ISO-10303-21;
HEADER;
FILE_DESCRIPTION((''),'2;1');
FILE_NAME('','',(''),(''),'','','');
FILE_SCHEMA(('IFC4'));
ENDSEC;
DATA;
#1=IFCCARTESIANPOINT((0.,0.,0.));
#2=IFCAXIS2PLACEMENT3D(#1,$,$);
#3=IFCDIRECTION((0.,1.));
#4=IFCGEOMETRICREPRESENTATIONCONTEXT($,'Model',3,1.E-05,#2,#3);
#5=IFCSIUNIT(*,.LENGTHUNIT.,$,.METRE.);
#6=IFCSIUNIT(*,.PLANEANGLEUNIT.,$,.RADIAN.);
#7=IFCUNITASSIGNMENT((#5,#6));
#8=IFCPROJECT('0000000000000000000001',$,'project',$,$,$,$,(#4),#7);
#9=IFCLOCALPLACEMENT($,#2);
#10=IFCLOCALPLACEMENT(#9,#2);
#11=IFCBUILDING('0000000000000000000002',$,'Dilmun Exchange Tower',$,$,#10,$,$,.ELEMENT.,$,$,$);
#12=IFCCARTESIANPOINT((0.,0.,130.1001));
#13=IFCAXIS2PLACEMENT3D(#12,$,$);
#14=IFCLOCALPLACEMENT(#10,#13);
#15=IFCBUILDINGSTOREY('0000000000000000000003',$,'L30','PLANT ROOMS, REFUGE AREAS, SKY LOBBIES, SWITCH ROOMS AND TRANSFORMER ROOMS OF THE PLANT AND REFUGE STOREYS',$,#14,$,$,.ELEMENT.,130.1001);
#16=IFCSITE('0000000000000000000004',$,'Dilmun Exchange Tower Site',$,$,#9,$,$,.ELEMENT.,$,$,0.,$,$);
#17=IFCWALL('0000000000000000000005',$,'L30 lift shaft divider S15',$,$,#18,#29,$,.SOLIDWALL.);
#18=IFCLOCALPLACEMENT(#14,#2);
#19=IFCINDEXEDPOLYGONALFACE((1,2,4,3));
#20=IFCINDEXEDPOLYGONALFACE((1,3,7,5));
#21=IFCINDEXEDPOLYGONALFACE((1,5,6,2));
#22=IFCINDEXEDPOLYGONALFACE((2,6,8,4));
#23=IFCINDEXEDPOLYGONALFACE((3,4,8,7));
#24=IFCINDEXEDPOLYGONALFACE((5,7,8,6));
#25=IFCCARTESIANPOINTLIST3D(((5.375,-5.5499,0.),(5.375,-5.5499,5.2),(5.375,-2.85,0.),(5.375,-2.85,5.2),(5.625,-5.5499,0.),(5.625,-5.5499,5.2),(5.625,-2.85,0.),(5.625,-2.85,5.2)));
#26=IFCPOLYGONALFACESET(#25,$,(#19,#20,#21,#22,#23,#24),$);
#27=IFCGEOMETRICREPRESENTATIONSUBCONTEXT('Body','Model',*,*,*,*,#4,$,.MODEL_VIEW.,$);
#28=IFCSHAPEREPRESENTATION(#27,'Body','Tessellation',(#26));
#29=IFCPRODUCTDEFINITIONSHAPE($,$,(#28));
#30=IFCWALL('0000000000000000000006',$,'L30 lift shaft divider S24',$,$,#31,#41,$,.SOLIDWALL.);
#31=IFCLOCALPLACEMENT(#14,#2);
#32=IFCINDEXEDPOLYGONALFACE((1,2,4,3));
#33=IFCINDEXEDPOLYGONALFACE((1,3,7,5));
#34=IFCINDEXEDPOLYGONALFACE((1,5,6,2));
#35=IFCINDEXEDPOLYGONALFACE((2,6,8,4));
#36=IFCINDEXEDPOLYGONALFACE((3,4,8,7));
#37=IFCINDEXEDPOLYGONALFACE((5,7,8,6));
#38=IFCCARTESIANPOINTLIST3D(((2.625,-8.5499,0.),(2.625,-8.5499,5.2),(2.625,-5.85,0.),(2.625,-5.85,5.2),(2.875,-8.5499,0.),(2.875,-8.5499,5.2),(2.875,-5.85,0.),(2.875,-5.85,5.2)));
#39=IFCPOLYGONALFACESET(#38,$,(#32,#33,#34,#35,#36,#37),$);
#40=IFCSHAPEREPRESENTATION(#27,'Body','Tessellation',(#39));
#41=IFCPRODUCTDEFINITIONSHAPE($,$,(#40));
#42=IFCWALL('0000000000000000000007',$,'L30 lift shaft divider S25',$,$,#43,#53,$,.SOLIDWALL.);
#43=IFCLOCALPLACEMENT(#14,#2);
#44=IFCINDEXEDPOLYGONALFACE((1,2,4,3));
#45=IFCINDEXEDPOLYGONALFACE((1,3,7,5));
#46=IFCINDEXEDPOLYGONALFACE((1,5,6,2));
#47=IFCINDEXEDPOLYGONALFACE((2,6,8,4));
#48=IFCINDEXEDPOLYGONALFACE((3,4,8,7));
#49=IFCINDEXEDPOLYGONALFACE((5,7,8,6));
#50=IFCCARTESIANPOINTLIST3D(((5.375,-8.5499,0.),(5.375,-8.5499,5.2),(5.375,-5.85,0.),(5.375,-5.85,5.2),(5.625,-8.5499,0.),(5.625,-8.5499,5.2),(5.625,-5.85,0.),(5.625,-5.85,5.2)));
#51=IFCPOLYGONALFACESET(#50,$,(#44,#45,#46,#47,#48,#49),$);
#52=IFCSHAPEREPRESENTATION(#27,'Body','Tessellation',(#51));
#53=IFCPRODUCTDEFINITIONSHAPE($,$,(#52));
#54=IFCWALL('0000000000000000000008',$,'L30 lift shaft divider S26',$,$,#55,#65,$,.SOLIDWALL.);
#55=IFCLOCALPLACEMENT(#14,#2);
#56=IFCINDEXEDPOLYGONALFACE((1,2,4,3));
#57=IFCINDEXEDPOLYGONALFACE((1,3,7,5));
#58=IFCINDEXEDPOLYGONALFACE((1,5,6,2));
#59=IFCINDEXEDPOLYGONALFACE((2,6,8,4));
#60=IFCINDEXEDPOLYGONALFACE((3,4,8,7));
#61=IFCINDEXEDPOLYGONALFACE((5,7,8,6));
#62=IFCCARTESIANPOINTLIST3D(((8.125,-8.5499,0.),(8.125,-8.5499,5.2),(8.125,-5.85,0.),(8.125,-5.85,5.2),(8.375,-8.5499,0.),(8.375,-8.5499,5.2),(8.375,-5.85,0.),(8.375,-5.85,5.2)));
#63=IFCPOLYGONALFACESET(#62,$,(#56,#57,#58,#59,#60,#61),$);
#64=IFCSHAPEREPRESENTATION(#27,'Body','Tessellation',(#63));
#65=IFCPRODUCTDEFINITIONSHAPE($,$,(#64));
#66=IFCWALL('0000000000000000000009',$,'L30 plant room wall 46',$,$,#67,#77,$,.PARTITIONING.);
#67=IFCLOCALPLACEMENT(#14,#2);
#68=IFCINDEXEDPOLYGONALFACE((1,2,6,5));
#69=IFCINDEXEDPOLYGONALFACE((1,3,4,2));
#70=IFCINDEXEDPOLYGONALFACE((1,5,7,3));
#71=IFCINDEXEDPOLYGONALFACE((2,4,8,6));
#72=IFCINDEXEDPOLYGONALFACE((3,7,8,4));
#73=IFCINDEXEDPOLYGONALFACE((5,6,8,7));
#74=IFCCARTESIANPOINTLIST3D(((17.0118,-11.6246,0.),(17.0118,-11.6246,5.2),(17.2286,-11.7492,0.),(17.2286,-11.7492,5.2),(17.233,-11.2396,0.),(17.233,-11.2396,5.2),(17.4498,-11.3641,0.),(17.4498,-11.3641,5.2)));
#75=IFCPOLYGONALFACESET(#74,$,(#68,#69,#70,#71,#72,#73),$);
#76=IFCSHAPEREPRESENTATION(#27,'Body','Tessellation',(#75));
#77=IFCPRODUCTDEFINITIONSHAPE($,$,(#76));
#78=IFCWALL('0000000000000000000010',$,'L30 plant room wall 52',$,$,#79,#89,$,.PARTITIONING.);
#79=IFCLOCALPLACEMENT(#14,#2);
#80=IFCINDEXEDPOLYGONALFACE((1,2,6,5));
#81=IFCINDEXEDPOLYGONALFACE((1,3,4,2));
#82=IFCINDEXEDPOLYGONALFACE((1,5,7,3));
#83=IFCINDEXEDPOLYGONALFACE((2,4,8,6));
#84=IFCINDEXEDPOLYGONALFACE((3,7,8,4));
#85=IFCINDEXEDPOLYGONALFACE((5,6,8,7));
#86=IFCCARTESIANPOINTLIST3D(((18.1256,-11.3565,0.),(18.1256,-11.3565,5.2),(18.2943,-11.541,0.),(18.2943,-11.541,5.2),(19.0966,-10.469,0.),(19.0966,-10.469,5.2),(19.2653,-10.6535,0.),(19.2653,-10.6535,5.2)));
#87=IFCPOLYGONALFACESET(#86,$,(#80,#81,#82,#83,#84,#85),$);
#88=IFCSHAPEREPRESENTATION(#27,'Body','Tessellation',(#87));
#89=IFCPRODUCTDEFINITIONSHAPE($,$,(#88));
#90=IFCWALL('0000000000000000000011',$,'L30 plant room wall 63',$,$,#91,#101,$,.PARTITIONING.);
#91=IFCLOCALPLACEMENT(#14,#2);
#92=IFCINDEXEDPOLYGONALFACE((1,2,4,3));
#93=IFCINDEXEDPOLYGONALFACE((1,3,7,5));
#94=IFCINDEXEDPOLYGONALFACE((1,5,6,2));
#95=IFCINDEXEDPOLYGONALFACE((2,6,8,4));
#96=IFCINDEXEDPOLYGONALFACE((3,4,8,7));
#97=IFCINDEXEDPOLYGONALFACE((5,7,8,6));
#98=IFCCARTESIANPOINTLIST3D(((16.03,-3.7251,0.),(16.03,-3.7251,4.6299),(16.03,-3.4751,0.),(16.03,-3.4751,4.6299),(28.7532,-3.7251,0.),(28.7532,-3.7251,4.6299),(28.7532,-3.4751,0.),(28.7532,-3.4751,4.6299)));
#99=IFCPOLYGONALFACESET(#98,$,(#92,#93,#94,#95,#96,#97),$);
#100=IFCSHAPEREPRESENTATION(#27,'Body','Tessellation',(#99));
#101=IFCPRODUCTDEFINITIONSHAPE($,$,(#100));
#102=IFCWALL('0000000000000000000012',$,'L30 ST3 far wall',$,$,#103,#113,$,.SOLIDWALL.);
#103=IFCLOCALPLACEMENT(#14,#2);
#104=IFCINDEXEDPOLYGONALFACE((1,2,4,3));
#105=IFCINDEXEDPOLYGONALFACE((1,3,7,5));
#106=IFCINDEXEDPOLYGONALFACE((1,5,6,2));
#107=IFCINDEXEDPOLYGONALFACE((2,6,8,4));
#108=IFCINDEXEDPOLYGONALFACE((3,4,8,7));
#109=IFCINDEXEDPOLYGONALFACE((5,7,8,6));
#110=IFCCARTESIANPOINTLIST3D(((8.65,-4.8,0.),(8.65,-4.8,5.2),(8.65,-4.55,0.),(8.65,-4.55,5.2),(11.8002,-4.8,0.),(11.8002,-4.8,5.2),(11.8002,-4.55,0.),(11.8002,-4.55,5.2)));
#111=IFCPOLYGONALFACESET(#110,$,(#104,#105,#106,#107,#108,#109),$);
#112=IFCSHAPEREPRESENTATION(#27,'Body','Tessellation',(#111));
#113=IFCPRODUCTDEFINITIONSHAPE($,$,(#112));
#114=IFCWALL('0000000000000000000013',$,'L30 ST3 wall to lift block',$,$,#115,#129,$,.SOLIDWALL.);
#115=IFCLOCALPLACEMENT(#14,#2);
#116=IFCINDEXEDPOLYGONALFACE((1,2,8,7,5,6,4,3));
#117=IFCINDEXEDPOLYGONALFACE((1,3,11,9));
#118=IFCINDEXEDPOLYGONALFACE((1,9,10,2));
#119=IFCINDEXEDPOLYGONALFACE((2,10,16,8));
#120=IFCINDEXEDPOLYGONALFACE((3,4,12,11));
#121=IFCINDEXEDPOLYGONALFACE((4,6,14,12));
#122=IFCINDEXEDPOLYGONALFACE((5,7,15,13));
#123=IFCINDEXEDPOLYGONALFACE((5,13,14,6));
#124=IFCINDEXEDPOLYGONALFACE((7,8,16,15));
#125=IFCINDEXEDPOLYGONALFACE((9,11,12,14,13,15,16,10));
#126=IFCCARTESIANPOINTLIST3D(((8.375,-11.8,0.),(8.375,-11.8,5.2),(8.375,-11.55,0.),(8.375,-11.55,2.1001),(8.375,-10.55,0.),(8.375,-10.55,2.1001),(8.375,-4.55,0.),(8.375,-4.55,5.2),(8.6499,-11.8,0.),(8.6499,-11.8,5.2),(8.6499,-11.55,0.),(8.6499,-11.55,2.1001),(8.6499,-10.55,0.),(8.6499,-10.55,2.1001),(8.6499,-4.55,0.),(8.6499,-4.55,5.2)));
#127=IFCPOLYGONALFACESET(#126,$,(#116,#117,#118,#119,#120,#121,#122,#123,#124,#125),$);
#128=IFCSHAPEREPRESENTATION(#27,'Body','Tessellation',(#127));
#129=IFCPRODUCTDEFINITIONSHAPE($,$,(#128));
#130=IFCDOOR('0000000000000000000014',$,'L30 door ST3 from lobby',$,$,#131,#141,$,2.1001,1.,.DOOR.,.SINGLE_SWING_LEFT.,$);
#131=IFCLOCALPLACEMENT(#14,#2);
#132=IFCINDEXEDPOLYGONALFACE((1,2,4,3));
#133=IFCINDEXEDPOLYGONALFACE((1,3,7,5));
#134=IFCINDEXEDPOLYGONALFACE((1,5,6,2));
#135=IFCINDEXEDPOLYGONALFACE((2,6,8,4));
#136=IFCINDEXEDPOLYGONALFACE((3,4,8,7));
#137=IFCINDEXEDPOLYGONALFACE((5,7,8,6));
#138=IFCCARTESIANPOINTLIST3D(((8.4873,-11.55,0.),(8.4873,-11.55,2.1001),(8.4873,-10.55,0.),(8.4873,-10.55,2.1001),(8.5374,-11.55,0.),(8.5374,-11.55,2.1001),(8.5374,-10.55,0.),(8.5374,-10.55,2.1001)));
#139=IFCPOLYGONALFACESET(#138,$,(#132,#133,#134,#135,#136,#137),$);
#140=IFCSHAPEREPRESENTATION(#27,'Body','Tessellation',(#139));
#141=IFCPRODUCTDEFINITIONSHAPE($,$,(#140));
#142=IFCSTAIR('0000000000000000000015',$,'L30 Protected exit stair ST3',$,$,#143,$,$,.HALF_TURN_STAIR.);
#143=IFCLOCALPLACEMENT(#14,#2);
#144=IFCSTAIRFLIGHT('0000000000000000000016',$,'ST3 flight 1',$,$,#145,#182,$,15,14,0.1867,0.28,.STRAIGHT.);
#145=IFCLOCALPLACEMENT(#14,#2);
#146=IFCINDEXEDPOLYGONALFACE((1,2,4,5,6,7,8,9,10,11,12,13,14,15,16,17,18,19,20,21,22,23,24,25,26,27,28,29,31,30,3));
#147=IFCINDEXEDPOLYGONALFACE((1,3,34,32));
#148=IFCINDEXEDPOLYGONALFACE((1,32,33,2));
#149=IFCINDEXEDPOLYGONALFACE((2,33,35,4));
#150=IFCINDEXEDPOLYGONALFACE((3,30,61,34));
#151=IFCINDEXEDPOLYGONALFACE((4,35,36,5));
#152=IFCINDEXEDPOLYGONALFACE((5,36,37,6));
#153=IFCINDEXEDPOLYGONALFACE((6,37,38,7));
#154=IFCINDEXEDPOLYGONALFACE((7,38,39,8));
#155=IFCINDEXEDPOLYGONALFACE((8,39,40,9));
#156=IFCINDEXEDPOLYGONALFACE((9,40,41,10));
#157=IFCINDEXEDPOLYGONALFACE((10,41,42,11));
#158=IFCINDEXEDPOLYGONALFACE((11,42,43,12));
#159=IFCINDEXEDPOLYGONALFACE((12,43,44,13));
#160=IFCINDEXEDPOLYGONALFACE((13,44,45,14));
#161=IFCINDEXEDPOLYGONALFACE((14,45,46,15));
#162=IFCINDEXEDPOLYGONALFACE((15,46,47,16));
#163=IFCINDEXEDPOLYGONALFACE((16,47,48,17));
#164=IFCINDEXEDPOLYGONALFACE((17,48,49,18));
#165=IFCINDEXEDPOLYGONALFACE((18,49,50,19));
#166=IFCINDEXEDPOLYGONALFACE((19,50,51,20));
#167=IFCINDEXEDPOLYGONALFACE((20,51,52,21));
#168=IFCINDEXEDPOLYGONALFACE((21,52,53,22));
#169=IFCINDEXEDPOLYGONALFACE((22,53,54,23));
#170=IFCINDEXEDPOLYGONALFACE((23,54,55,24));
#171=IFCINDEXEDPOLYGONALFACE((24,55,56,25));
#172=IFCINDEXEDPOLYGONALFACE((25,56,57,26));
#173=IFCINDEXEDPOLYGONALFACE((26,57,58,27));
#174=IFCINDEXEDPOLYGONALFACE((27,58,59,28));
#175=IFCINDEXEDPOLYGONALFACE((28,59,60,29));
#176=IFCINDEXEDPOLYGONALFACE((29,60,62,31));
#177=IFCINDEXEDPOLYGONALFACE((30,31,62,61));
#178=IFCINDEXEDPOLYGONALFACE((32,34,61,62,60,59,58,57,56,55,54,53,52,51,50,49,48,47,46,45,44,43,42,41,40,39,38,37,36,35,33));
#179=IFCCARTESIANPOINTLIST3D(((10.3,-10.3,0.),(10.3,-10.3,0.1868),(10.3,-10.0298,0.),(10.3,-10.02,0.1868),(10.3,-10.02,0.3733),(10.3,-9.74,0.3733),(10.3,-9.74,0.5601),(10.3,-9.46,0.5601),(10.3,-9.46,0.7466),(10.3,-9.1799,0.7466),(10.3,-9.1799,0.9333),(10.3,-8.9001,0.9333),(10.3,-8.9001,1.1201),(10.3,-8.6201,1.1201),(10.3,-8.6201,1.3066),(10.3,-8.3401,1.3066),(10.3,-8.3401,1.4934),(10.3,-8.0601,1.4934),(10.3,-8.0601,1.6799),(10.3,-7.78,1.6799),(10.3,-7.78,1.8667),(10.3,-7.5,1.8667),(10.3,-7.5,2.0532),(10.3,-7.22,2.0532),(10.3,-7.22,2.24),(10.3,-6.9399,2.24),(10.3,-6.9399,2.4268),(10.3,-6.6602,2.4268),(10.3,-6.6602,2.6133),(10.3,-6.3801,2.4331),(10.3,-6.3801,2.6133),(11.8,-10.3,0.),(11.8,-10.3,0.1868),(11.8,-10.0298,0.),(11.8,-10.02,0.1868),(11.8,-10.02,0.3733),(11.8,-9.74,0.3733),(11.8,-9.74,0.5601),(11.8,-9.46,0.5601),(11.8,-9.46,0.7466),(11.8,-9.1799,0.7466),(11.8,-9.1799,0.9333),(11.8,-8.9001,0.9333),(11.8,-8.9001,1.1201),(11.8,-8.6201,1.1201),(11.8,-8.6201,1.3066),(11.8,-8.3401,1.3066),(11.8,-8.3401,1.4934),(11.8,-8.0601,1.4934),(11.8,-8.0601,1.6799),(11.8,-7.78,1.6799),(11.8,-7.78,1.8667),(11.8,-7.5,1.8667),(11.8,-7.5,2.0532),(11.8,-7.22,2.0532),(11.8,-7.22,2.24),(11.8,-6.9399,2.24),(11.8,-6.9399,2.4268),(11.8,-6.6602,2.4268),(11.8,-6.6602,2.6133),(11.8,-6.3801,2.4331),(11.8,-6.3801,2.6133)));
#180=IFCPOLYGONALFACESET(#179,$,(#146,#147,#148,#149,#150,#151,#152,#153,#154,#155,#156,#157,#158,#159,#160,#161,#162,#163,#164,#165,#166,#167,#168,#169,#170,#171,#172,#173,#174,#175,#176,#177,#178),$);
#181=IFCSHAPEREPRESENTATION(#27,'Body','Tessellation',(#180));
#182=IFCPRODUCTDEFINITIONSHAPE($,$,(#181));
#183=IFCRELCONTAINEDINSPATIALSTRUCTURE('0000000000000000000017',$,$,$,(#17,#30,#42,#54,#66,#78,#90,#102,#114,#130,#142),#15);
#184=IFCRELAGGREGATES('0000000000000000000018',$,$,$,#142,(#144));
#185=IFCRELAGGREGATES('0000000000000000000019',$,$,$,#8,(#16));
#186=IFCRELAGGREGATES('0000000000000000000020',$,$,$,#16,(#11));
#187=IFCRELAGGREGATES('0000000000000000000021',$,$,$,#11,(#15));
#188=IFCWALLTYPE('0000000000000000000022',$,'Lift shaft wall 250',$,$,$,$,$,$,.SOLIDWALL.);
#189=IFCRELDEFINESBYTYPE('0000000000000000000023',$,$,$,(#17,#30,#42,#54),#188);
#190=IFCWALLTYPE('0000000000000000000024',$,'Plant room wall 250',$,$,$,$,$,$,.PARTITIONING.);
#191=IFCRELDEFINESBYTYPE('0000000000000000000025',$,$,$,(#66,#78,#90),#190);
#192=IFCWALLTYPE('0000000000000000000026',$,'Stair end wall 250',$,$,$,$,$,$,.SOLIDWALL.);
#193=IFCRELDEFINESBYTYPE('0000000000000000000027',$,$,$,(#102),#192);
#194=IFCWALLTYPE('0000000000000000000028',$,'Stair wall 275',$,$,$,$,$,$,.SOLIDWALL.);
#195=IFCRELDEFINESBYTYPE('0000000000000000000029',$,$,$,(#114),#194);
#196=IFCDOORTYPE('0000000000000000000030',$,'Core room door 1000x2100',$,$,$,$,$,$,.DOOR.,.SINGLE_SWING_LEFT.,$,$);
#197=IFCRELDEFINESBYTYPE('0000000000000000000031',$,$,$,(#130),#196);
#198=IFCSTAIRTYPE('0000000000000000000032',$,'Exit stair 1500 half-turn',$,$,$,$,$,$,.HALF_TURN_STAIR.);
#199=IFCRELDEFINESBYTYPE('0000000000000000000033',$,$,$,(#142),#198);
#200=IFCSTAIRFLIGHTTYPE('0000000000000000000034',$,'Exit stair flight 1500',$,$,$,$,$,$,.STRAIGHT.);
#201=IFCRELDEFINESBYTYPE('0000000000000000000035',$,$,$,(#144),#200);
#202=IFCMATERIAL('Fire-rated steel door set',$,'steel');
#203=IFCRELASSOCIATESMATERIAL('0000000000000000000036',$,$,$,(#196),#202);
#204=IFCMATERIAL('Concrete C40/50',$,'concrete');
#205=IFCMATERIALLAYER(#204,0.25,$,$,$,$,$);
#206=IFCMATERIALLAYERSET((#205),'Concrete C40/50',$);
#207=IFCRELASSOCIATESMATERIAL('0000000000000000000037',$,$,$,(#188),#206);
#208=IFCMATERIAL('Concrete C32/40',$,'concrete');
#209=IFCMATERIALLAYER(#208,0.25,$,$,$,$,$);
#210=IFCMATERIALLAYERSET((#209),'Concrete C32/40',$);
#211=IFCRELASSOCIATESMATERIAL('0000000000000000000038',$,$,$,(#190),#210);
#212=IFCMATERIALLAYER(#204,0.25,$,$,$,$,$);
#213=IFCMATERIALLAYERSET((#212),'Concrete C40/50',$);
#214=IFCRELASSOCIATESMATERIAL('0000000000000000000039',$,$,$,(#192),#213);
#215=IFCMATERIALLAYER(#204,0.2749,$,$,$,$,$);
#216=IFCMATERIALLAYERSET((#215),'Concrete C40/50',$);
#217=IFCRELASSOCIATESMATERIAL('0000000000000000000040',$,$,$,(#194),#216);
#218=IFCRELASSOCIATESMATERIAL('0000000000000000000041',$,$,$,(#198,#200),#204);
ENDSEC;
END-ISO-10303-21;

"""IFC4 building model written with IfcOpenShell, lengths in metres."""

from ifc_helpers import new_model, si_unit, direction, frame, frame_2d, origin, place, context, subcontext, project, spatial, polyline, rectangle, outline, extrude, material, layer, layer_set, type_object, element, fill, aggregate, save


model = new_model("IFC4")

# Units and contexts
model_context = context("Model", 3, precision=1e-05, world=origin(), true_north=direction((0.0, 1.0)))
body_context = subcontext(model_context, "Body", "Model", "MODEL_VIEW")
ifc_project = project(units=[si_unit("LENGTHUNIT", "METRE"), si_unit("PLANEANGLEUNIT", "RADIAN")], contexts=[model_context])

# Site, building, storey
site_placement = place(None, origin())
site = spatial("IfcSite", under=ifc_project, at=site_placement, Name="Dilmun Exchange Tower Site", CompositionType="ELEMENT", RefElevation=0.0)
building_placement = place(site_placement, origin())
building = spatial("IfcBuilding", under=site, at=building_placement, Name="Dilmun Exchange Tower", CompositionType="ELEMENT")
storey_placement = place(building_placement, frame((0.0, 0.0, 130.1001)))
storey = spatial("IfcBuildingStorey", under=building, at=storey_placement, Name="L30", Description="PLANT ROOMS, REFUGE AREAS, SKY LOBBIES, SWITCH ROOMS AND TRANSFORMER ROOMS OF THE PLANT AND REFUGE STOREYS", CompositionType="ELEMENT", Elevation=130.1001)

# Shared definitions
ifc_material_1 = material(Name="Concrete C40/50", Category="concrete")

# Shared definitions
ifc_material_2 = material(Name="Fire-rated steel door set", Category="steel")

# Shared definitions
door_type_1 = type_object("IfcDoorType", Name="Core room door 1000x2100", OperationType="SINGLE_SWING_LEFT", PredefinedType="DOOR", material=ifc_material_2)

# Walls
ifc_layer_1 = layer(ifc_material_1, 0.25)
ifc_layer_set_1 = layer_set([ifc_layer_1], Name="Concrete C40/50")
wall_type_1 = type_object("IfcWallType", Name="Lift shaft wall 250", PredefinedType="SOLIDWALL", material=ifc_layer_set_1)
for number, where, z_axis, x_axis, name in (
    (1, (5.5, -5.55, 0.0), (0.0, 0.0, 1.0), (0.0, 1.0, 0.0), "L30 lift shaft divider S15"),
    (2, (2.75, -8.55, 0.0), (0.0, 0.0, 1.0), (0.0, 1.0, 0.0), "L30 lift shaft divider S24"),
    (3, (5.5, -8.55, 0.0), (0.0, 0.0, 1.0), (0.0, 1.0, 0.0), "L30 lift shaft divider S25"),
    (4, (8.25, -8.55, 0.0), (0.0, 0.0, 1.0), (0.0, 1.0, 0.0), "L30 lift shaft divider S26"),
):
    element("IfcWall", number, at=place(storey_placement, frame(where, z_axis=z_axis, x_axis=x_axis)), inside=storey, type_object=wall_type_1, Name=name, PredefinedType="SOLIDWALL", context=body_context, shape_type="SweptSolid", body=[
        extrude(rectangle(XDim=2.7, YDim=0.25, at=frame_2d((1.3501, 0.0))), origin(), (0.0, 0.0, 1.0), 5.2),
    ])
ifc_material_3 = material(Name="Concrete C32/40", Category="concrete")
ifc_layer_2 = layer(ifc_material_3, 0.25)
ifc_layer_set_2 = layer_set([ifc_layer_2], Name="Concrete C32/40")
wall_type_2 = type_object("IfcWallType", Name="Plant room wall 250", PredefinedType="PARTITIONING", material=ifc_layer_set_2)
wall_1_placement = place(storey_placement, frame((17.1201, -11.687, 0.0), z_axis=(0.0, 0.0, 1.0), x_axis=(0.498151, 0.86709, 0.0)))
element("IfcWall", 5, at=wall_1_placement, inside=storey, type_object=wall_type_2, Name="L30 plant room wall 46", PredefinedType="PARTITIONING", context=body_context, shape_type="SweptSolid", body=[
    extrude(rectangle(XDim=0.4441, YDim=0.25, at=frame_2d((0.2222, 0.0))), origin(), (0.0, 0.0, 1.0), 5.2),
])
wall_2_placement = place(storey_placement, frame((18.21, -11.4487, 0.0), z_axis=(0.0, 0.0, 1.0), x_axis=(0.738132, 0.674657, 0.0)))
element("IfcWall", 6, at=wall_2_placement, inside=storey, type_object=wall_type_2, Name="L30 plant room wall 52", PredefinedType="PARTITIONING", context=body_context, shape_type="SweptSolid", body=[
    extrude(rectangle(XDim=1.3154, YDim=0.25, at=frame_2d((0.6577, 0.0))), origin(), (0.0, 0.0, 1.0), 5.2),
])
wall_3_placement = place(storey_placement, frame((16.03, -3.6001, 0.0), z_axis=(0.0, 0.0, 1.0), x_axis=(1.0, 0.0, 0.0)))
element("IfcWall", 7, at=wall_3_placement, inside=storey, type_object=wall_type_2, Name="L30 plant room wall 63", PredefinedType="PARTITIONING", context=body_context, shape_type="SweptSolid", body=[
    extrude(rectangle(XDim=12.7231, YDim=0.25, at=frame_2d((6.3616, 0.0))), origin(), (0.0, 0.0, 1.0), 4.6299),
])
ifc_layer_3 = layer(ifc_material_1, 0.25)
ifc_layer_set_3 = layer_set([ifc_layer_3], Name="Concrete C40/50")
wall_type_3 = type_object("IfcWallType", Name="Stair end wall 250", PredefinedType="SOLIDWALL", material=ifc_layer_set_3)
wall_4_placement = place(storey_placement, frame((8.6499, -4.675, 0.0), z_axis=(0.0, 0.0, 1.0), x_axis=(1.0, 0.0, 0.0)))
element("IfcWall", 8, at=wall_4_placement, inside=storey, type_object=wall_type_3, Name="L30 ST3 far wall", PredefinedType="SOLIDWALL", context=body_context, shape_type="SweptSolid", body=[
    extrude(rectangle(XDim=3.1501, YDim=0.25, at=frame_2d((1.5752, 0.0))), origin(), (0.0, 0.0, 1.0), 5.2),
])

# Wall, opening, door
ifc_layer_4 = layer(ifc_material_1, 0.2749)
ifc_layer_set_4 = layer_set([ifc_layer_4], Name="Concrete C40/50")
wall_type_4 = type_object("IfcWallType", Name="Stair wall 275", PredefinedType="SOLIDWALL", material=ifc_layer_set_4)
wall_5_placement = place(storey_placement, frame((8.5125, -4.55, 0.0), z_axis=(0.0, 0.0, 1.0), x_axis=(0.0, -1.0, 0.0)))
wall_5 = element("IfcWall", 9, at=wall_5_placement, inside=storey, type_object=wall_type_4, Name="L30 ST3 wall to lift block", PredefinedType="SOLIDWALL", context=body_context, shape_type="SweptSolid", body=[
    extrude(rectangle(XDim=7.25, YDim=0.2749, at=frame_2d((3.625, 0.0))), origin(), (0.0, 0.0, 1.0), 5.2),
])
opening_1_placement = place(wall_5_placement, frame((6.0, 0.0, 0.0)))
opening_1 = element("IfcOpeningElement", 10, at=opening_1_placement, cuts=wall_5, PredefinedType="OPENING", context=body_context, shape_type="SweptSolid", body=[
    extrude(rectangle(XDim=1.0, YDim=2.1001, at=frame_2d((0.5, 1.05))), frame((0.0, 0.1475, 0.0), z_axis=(0.0, -1.0, 0.0), x_axis=(1.0, 0.0, 0.0)), (0.0, 0.0, 1.0), 0.2949),
])
door_1_placement = place(opening_1_placement, origin())
door_1 = element("IfcDoor", 11, at=door_1_placement, inside=storey, type_object=door_type_1, Name="L30 door ST3 from lobby", OperationType="SINGLE_SWING_LEFT", OverallHeight=2.1001, OverallWidth=1.0, PredefinedType="DOOR", context=body_context, shape_type="SweptSolid", body=[
    extrude(rectangle(XDim=1.0, YDim=2.1001, at=frame_2d((0.5, 1.05))), frame((0.0, 0.0249, 0.0), z_axis=(0.0, -1.0, 0.0), x_axis=(1.0, 0.0, 0.0)), (0.0, 0.0, 1.0), 0.05),
])
fill(opening_1, door_1)

# Stair, stair flight
stair_type = type_object("IfcStairType", Name="Exit stair 1500 half-turn", PredefinedType="HALF_TURN_STAIR", material=ifc_material_1)
stair_placement = place(storey_placement, origin())
stair = element("IfcStair", 12, at=stair_placement, inside=storey, type_object=stair_type, Name="L30 Protected exit stair ST3", PredefinedType="HALF_TURN_STAIR")
stair_flight_type = type_object("IfcStairFlightType", Name="Exit stair flight 1500", PredefinedType="STRAIGHT", material=ifc_material_1)
stair_flight_1_placement = place(storey_placement, frame((11.05, -10.3, 0.0), z_axis=(0.0, 0.0, 1.0), x_axis=(0.0, 1.0, 0.0)))
stair_flight_1 = element("IfcStairFlight", 13, at=stair_flight_1_placement, type_object=stair_flight_type, Name="ST3 flight 1", NumberOfRisers=15, NumberOfTreads=14, PredefinedType="STRAIGHT", RiserHeight=0.1867, TreadLength=0.28, context=body_context, shape_type="SweptSolid", body=[
    extrude(outline(polyline([(0.0, 0.0), (0.0, 0.1868), (0.28, 0.1868), (0.28, 0.3733), (0.5601, 0.3733), (0.5601, 0.5601), (0.8401, 0.5601), (0.8401, 0.7466), (1.1201, 0.7466), (1.1201, 0.9333), (1.3999, 0.9333), (1.3999, 1.1201), (1.6799, 1.1201), (1.6799, 1.3066), (1.96, 1.3066), (1.96, 1.4934), (2.24, 1.4934), (2.24, 1.6799), (2.52, 1.6799), (2.52, 1.8667), (2.8, 1.8667), (2.8, 2.0532), (3.0801, 2.0532), (3.0801, 2.24), (3.3601, 2.24), (3.3601, 2.4268), (3.6399, 2.4268), (3.6399, 2.6133), (3.9199, 2.6133), (3.9199, 2.8), (3.9199, 2.4331), (0.2703, 0.0), (0.0, 0.0)])), frame((0.0, 0.75, 0.0), z_axis=(0.0, -1.0, 0.0), x_axis=(1.0, 0.0, 0.0)), (0.0, 0.0, 1.0), 1.5),
])
aggregate(stair, [stair_flight_1])

save(model, "model.ifc")
